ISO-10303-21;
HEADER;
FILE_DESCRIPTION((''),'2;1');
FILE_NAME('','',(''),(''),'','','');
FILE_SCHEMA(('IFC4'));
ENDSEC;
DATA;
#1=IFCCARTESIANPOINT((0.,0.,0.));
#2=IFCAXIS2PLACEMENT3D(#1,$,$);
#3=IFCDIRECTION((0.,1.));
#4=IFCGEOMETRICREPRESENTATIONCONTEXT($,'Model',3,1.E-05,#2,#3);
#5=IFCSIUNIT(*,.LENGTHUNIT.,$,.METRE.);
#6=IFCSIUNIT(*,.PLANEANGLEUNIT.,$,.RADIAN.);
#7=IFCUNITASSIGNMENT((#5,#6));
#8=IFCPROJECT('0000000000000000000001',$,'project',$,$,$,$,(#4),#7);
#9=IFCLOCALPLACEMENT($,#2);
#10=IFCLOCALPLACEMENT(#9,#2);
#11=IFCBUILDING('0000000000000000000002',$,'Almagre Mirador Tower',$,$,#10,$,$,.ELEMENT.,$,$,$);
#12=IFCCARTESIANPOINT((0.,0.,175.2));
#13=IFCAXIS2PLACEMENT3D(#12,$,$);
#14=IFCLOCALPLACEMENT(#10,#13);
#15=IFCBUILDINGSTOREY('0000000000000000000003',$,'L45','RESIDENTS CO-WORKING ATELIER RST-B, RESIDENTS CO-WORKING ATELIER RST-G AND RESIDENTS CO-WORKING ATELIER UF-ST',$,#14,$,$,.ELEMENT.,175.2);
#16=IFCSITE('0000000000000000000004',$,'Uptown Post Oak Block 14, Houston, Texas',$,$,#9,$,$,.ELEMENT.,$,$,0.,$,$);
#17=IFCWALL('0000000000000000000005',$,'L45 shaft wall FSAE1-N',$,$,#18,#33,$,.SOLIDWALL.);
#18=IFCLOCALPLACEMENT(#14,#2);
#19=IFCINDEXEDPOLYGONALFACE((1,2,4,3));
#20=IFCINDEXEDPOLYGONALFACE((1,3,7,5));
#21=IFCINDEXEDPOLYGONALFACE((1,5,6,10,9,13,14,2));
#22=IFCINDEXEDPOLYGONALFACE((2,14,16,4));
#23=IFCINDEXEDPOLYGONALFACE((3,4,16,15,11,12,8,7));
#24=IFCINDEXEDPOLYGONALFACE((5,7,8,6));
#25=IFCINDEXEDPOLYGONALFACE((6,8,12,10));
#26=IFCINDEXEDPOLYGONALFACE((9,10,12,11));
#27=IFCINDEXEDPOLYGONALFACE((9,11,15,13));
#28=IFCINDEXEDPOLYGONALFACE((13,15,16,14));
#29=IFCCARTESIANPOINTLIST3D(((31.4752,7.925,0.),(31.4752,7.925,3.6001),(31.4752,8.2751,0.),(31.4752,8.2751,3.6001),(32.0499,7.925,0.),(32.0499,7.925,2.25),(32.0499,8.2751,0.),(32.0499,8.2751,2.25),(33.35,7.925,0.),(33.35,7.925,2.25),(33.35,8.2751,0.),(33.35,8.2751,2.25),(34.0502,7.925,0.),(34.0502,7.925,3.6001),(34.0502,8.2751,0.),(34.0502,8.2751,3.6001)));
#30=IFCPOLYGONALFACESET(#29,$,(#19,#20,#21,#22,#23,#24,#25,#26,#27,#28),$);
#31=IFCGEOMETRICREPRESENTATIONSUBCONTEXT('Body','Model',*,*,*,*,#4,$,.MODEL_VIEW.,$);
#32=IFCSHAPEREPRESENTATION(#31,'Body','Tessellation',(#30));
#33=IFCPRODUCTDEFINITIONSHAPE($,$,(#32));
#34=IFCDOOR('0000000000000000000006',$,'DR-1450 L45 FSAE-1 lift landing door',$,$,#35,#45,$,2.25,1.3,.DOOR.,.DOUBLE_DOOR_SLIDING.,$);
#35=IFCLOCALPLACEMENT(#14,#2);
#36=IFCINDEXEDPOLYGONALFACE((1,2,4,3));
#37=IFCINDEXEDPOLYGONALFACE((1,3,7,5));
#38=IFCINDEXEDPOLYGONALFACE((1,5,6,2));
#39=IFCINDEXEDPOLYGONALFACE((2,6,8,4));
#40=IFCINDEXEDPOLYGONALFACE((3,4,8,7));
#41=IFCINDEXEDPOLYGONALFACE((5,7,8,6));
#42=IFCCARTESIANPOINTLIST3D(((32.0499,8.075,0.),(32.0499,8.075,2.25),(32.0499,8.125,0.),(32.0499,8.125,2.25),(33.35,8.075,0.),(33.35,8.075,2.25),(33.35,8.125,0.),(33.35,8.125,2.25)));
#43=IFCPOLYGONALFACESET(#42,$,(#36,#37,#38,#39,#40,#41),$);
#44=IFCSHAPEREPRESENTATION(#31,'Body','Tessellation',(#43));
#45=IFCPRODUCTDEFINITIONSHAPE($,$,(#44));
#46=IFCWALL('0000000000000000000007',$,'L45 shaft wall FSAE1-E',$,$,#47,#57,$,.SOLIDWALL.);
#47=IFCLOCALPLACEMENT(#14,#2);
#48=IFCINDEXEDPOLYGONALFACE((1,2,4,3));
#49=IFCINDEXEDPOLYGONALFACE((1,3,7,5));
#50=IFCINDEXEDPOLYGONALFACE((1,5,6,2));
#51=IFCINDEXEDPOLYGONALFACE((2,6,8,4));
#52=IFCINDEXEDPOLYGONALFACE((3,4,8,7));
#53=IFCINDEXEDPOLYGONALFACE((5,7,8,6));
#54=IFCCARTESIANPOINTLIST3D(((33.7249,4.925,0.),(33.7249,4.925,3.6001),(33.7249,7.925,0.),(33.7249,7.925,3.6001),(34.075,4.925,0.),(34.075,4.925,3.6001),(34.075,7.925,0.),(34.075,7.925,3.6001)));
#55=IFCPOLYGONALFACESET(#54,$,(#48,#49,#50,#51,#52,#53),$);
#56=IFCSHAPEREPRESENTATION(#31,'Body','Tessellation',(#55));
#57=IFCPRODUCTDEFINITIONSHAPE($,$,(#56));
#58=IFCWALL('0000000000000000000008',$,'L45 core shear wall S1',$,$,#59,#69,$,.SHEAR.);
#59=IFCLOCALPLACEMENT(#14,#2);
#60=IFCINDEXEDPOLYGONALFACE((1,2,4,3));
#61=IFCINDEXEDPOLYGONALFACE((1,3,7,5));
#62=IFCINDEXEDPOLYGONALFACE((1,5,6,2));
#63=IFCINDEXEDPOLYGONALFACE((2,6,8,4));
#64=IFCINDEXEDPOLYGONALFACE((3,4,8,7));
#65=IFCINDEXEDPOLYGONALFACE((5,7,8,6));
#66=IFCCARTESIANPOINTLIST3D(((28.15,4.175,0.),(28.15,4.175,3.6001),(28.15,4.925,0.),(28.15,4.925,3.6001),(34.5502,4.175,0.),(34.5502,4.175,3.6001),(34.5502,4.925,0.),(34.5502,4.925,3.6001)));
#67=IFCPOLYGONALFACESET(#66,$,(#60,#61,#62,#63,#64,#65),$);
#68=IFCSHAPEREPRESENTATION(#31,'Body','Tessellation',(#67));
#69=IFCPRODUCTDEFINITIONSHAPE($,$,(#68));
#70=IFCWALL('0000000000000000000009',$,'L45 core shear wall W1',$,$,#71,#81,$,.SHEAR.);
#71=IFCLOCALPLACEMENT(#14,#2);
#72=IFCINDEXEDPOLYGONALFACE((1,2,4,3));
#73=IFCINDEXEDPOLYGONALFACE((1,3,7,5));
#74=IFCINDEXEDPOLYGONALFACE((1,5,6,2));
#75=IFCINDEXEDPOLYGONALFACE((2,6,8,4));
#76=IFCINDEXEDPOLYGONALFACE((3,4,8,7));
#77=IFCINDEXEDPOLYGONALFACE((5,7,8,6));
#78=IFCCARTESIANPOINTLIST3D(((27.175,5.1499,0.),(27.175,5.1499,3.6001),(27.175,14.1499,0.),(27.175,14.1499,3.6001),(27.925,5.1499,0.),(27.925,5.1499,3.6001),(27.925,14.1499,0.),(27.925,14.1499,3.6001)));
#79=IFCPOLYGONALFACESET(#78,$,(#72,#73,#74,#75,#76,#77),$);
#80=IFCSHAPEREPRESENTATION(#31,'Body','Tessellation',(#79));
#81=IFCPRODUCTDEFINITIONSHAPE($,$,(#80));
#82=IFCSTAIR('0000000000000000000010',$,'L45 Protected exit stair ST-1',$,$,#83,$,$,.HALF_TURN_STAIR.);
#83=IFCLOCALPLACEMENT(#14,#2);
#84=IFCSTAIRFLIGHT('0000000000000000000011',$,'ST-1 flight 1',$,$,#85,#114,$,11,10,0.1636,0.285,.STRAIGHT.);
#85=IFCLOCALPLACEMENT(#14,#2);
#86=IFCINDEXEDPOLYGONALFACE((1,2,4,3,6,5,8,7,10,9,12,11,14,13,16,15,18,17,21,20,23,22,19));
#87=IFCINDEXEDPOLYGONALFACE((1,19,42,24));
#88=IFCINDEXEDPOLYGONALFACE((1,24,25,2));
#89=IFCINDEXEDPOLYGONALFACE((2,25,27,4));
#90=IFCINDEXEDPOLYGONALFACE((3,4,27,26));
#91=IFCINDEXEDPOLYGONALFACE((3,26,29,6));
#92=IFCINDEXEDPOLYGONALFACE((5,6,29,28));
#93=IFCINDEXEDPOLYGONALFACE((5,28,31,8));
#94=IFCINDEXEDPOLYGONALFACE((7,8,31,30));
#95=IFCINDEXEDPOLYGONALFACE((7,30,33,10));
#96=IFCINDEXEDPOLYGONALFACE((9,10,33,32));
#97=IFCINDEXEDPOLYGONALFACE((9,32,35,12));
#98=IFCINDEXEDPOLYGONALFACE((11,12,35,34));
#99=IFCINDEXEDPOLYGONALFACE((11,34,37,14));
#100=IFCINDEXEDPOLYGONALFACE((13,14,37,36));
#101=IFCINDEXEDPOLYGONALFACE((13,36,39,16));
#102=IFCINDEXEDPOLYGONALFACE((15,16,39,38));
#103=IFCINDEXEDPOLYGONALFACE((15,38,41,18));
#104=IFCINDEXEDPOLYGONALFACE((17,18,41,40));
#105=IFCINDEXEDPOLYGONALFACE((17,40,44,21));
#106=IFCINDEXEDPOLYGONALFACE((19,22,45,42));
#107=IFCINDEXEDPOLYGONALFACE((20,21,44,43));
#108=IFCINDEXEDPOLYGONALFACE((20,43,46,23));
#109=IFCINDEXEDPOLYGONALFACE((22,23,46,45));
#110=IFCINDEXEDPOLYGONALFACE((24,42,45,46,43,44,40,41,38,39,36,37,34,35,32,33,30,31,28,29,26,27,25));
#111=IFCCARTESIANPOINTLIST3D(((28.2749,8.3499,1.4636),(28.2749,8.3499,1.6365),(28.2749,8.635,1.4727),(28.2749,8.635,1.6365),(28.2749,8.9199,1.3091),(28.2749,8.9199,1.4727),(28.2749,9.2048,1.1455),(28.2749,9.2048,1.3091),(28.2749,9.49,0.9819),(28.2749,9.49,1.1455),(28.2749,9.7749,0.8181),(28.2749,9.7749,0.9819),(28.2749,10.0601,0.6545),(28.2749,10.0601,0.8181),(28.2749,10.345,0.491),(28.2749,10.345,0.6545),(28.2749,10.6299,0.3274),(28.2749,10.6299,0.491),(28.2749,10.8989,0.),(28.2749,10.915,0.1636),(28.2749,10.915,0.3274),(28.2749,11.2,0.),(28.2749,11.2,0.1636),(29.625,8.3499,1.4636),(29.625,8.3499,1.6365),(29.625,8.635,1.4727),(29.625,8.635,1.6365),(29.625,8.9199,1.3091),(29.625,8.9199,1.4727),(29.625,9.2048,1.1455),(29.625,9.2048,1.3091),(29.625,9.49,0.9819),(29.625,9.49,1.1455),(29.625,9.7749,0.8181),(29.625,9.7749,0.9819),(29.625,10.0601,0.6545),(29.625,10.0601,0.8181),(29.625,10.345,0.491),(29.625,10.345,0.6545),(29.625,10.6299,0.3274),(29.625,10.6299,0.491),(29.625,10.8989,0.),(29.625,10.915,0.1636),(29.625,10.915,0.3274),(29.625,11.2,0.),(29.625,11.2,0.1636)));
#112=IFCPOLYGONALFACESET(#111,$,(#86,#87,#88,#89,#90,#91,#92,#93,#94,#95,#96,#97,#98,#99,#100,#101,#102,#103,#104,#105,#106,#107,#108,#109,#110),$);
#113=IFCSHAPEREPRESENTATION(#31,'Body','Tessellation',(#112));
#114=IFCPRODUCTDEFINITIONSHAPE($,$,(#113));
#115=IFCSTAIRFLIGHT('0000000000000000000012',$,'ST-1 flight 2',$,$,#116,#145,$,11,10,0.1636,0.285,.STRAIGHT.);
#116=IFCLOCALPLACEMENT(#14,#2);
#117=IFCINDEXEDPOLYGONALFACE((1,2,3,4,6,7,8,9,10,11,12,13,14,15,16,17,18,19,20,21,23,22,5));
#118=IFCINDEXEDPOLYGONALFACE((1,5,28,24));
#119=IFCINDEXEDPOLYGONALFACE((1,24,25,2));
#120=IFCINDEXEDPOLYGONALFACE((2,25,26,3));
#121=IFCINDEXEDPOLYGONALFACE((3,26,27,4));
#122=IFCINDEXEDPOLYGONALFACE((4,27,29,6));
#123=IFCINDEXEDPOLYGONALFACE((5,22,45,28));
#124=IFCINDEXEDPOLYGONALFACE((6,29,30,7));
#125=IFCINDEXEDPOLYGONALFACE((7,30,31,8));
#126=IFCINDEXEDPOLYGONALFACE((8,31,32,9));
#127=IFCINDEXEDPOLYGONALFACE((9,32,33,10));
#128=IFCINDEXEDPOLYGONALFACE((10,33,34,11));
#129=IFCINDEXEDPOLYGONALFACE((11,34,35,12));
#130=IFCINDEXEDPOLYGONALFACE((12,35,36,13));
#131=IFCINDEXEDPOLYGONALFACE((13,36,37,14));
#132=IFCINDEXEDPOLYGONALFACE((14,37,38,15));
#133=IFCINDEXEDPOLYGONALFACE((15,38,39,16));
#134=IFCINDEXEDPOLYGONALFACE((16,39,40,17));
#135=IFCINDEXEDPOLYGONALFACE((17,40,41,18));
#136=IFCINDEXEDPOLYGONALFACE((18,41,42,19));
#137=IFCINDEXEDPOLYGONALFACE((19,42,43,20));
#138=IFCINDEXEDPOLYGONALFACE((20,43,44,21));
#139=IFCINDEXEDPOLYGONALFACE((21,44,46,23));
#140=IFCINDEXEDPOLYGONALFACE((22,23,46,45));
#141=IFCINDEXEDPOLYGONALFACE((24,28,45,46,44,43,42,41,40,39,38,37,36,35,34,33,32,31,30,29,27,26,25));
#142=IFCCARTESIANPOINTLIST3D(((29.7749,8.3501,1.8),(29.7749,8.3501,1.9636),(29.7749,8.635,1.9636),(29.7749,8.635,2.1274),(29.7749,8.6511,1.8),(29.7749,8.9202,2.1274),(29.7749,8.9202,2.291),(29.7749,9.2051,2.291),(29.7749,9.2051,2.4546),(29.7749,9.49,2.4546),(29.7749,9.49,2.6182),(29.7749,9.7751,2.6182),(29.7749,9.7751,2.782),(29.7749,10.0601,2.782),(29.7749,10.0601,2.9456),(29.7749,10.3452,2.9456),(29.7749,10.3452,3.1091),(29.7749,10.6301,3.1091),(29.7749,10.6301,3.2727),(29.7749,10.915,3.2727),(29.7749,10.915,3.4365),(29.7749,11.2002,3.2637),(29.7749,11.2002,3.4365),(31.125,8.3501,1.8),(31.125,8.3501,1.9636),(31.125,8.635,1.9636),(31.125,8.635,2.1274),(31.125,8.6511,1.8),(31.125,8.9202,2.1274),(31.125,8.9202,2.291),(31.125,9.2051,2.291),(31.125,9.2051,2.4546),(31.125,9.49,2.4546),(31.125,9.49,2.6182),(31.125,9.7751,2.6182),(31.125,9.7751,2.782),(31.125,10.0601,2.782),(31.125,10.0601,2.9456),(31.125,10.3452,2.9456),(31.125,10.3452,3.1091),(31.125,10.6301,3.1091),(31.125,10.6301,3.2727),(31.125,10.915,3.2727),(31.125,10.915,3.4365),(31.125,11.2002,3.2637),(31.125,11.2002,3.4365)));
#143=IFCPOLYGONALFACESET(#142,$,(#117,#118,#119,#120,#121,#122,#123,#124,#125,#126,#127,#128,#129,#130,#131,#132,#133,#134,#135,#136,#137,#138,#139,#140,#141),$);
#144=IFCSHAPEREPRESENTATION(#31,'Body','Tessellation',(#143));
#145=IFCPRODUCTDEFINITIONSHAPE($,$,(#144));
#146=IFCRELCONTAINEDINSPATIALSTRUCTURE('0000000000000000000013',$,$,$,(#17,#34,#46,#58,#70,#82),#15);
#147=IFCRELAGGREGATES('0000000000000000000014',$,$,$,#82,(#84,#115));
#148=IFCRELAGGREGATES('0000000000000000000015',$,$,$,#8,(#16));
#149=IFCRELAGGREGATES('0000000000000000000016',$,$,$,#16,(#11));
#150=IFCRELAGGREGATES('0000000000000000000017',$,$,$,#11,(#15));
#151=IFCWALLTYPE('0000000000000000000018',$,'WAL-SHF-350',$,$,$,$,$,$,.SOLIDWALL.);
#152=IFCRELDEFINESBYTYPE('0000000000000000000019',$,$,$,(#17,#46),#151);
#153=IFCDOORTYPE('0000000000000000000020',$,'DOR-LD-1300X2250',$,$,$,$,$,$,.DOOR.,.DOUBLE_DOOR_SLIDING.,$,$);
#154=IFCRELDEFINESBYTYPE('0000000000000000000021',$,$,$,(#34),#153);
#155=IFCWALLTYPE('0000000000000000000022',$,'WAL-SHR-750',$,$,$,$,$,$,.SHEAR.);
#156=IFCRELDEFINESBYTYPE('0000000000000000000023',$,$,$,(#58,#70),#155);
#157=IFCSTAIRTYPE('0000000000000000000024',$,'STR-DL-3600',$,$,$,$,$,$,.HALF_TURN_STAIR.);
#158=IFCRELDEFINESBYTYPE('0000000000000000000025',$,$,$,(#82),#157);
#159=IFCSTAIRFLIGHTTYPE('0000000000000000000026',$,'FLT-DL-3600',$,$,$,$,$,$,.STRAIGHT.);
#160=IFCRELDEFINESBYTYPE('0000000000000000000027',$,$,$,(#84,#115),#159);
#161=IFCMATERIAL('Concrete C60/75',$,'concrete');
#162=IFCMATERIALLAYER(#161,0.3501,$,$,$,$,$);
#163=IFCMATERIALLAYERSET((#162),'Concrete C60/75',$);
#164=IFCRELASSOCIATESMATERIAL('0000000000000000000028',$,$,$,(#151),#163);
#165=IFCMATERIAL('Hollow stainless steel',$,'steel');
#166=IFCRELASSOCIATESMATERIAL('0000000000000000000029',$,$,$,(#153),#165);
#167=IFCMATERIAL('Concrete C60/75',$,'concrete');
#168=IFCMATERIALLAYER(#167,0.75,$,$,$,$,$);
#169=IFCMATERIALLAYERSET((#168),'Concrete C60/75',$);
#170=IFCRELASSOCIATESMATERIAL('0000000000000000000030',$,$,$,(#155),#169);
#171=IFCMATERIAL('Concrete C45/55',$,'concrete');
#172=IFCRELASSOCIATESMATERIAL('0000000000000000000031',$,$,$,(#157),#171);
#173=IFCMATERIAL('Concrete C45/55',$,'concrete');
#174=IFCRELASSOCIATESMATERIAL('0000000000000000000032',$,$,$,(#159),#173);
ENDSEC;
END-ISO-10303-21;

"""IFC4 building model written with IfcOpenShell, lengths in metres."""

from ifc_helpers import new_model, si_unit, direction, frame, frame_2d, origin, place, context, subcontext, project, spatial, polyline, rectangle, outline, extrude, material, layer, layer_set, type_object, element, fill, aggregate, save


model = new_model("IFC4")

# Units and contexts
model_context = context("Model", 3, precision=1e-05, world=origin(), true_north=direction((0.0, 1.0)))
body_context = subcontext(model_context, "Body", "Model", "MODEL_VIEW")
ifc_project = project(units=[si_unit("LENGTHUNIT", "METRE"), si_unit("PLANEANGLEUNIT", "RADIAN")], contexts=[model_context])

# Site, building, storey
site_placement = place(None, origin())
site = spatial("IfcSite", under=ifc_project, at=site_placement, Name="Uptown Post Oak Block 14, Houston, Texas", CompositionType="ELEMENT", RefElevation=0.0)
building_placement = place(site_placement, origin())
building = spatial("IfcBuilding", under=site, at=building_placement, Name="Almagre Mirador Tower", CompositionType="ELEMENT")
storey_placement = place(building_placement, frame((0.0, 0.0, 175.2)))
storey = spatial("IfcBuildingStorey", under=building, at=storey_placement, Name="L45", Description="RESIDENTS CO-WORKING ATELIER RST-B, RESIDENTS CO-WORKING ATELIER RST-G AND RESIDENTS CO-WORKING ATELIER UF-ST", CompositionType="ELEMENT", Elevation=175.2)

# Shared definitions
ifc_material_1 = material(Name="Concrete C60/75", Category="concrete")
ifc_layer_1 = layer(ifc_material_1, 0.3501)
ifc_layer_set_1 = layer_set([ifc_layer_1], Name="Concrete C60/75")
wall_type_1 = type_object("IfcWallType", Name="WAL-SHF-350", PredefinedType="SOLIDWALL", material=ifc_layer_set_1)

# Wall, opening, door
wall_1_placement = place(storey_placement, frame((31.4751, 8.1001, 0.0), z_axis=(0.0, 0.0, 1.0), x_axis=(1.0, 0.0, 0.0)))
wall_1 = element("IfcWall", 1, at=wall_1_placement, inside=storey, type_object=wall_type_1, Name="L45 shaft wall FSAE1-N", PredefinedType="SOLIDWALL", context=body_context, shape_type="SweptSolid", body=[
    extrude(rectangle(XDim=2.575, YDim=0.3501, at=frame_2d((1.2876, 0.0))), origin(), (0.0, 0.0, 1.0), 3.6001),
])
opening_1_placement = place(wall_1_placement, frame((0.575, 0.0, 0.0)))
opening_1 = element("IfcOpeningElement", 2, at=opening_1_placement, cuts=wall_1, PredefinedType="OPENING", context=body_context, shape_type="SweptSolid", body=[
    extrude(rectangle(XDim=1.3, YDim=2.25, at=frame_2d((0.6499, 1.125))), frame((0.0, 0.185, 0.0), z_axis=(0.0, -1.0, 0.0), x_axis=(1.0, 0.0, 0.0)), (0.0, 0.0, 1.0), 0.3701),
])
ifc_material_2 = material(Name="Hollow stainless steel", Category="steel")
door_type_1 = type_object("IfcDoorType", Name="DOR-LD-1300X2250", OperationType="DOUBLE_DOOR_SLIDING", PredefinedType="DOOR", material=ifc_material_2)
door_1_placement = place(opening_1_placement, origin())
door_1 = element("IfcDoor", 3, at=door_1_placement, inside=storey, type_object=door_type_1, Name="DR-1450 L45 FSAE-1 lift landing door", OperationType="DOUBLE_DOOR_SLIDING", OverallHeight=2.25, OverallWidth=1.3, PredefinedType="DOOR", context=body_context, shape_type="SweptSolid", body=[
    extrude(rectangle(XDim=1.3, YDim=2.25, at=frame_2d((0.6499, 1.125))), frame((0.0, 0.0249, 0.0), z_axis=(0.0, -1.0, 0.0), x_axis=(1.0, 0.0, 0.0)), (0.0, 0.0, 1.0), 0.05),
])
fill(opening_1, door_1)

# Walls
wall_2_placement = place(storey_placement, frame((33.8999, 4.925, 0.0), z_axis=(0.0, 0.0, 1.0), x_axis=(0.0, 1.0, 0.0)))
element("IfcWall", 4, at=wall_2_placement, inside=storey, type_object=wall_type_1, Name="L45 shaft wall FSAE1-E", PredefinedType="SOLIDWALL", context=body_context, shape_type="SweptSolid", body=[
    extrude(rectangle(XDim=3.0, YDim=0.3501, at=frame_2d((1.5, 0.0))), origin(), (0.0, 0.0, 1.0), 3.6001),
])
ifc_material_3 = material(Name="Concrete C60/75", Category="concrete")
ifc_layer_2 = layer(ifc_material_3, 0.75)
ifc_layer_set_2 = layer_set([ifc_layer_2], Name="Concrete C60/75")
wall_type_2 = type_object("IfcWallType", Name="WAL-SHR-750", PredefinedType="SHEAR", material=ifc_layer_set_2)
wall_3_placement = place(storey_placement, frame((28.1499, 4.55, 0.0), z_axis=(0.0, 0.0, 1.0), x_axis=(1.0, 0.0, 0.0)))
element("IfcWall", 5, at=wall_3_placement, inside=storey, type_object=wall_type_2, Name="L45 core shear wall S1", PredefinedType="SHEAR", context=body_context, shape_type="SweptSolid", body=[
    extrude(rectangle(XDim=6.4001, YDim=0.75, at=frame_2d((3.2002, 0.0))), origin(), (0.0, 0.0, 1.0), 3.6001),
])
wall_4_placement = place(storey_placement, frame((27.55, 5.1499, 0.0), z_axis=(0.0, 0.0, 1.0), x_axis=(0.0, 1.0, 0.0)))
element("IfcWall", 6, at=wall_4_placement, inside=storey, type_object=wall_type_2, Name="L45 core shear wall W1", PredefinedType="SHEAR", context=body_context, shape_type="SweptSolid", body=[
    extrude(rectangle(XDim=9.0, YDim=0.75, at=frame_2d((4.5, 0.0))), origin(), (0.0, 0.0, 1.0), 3.6001),
])

# Stair, stair flights
ifc_material_4 = material(Name="Concrete C45/55", Category="concrete")
stair_type = type_object("IfcStairType", Name="STR-DL-3600", PredefinedType="HALF_TURN_STAIR", material=ifc_material_4)
stair_placement = place(storey_placement, origin())
stair = element("IfcStair", 7, at=stair_placement, inside=storey, type_object=stair_type, Name="L45 Protected exit stair ST-1", PredefinedType="HALF_TURN_STAIR")
ifc_material_5 = material(Name="Concrete C45/55", Category="concrete")
stair_flight_type = type_object("IfcStairFlightType", Name="FLT-DL-3600", PredefinedType="STRAIGHT", material=ifc_material_5)
stair_flight_1_placement = place(storey_placement, frame((28.95, 11.2, 0.0), z_axis=(0.0, 0.0, 1.0), x_axis=(0.0, -1.0, 0.0)))
stair_flight_1 = element("IfcStairFlight", 8, at=stair_flight_1_placement, type_object=stair_flight_type, Name="ST-1 flight 1", NumberOfRisers=11, NumberOfTreads=10, PredefinedType="STRAIGHT", RiserHeight=0.1636, TreadLength=0.285, context=body_context, shape_type="SweptSolid", body=[
    extrude(outline(polyline([(0.0, 0.0), (0.0, 0.1636), (0.2849, 0.1636), (0.2849, 0.3274), (0.5701, 0.3274), (0.5701, 0.491), (0.855, 0.491), (0.855, 0.6545), (1.1399, 0.6545), (1.1399, 0.8181), (1.425, 0.8181), (1.425, 0.9819), (1.71, 0.9819), (1.71, 1.1455), (1.9951, 1.1455), (1.9951, 1.3091), (2.28, 1.3091), (2.28, 1.4727), (2.5649, 1.4727), (2.5649, 1.6365), (2.8501, 1.6365), (2.8501, 1.8), (2.8501, 1.4636), (0.301, 0.0), (0.0, 0.0)])), frame((0.0, 0.675, 0.0), z_axis=(0.0, -1.0, 0.0), x_axis=(1.0, 0.0, 0.0)), (0.0, 0.0, 1.0), 1.3501),
])
stair_flight_2_placement = place(storey_placement, frame((30.45, 8.3501, 1.8), z_axis=(0.0, 0.0, 1.0), x_axis=(0.0, 1.0, 0.0)))
stair_flight_2 = element("IfcStairFlight", 9, at=stair_flight_2_placement, type_object=stair_flight_type, Name="ST-1 flight 2", NumberOfRisers=11, NumberOfTreads=10, PredefinedType="STRAIGHT", RiserHeight=0.1636, TreadLength=0.285, context=body_context, shape_type="SweptSolid", body=[
    extrude(outline(polyline([(0.0, 0.0), (0.0, 0.1636), (0.2849, 0.1636), (0.2849, 0.3274), (0.5701, 0.3274), (0.5701, 0.491), (0.855, 0.491), (0.855, 0.6545), (1.1399, 0.6545), (1.1399, 0.8181), (1.425, 0.8181), (1.425, 0.9819), (1.71, 0.9819), (1.71, 1.1455), (1.9951, 1.1455), (1.9951, 1.3091), (2.28, 1.3091), (2.28, 1.4727), (2.5649, 1.4727), (2.5649, 1.6365), (2.8501, 1.6365), (2.8501, 1.8), (2.8501, 1.4636), (0.301, 0.0), (0.0, 0.0)])), frame((0.0, 0.675, 0.0), z_axis=(0.0, -1.0, 0.0), x_axis=(1.0, 0.0, 0.0)), (0.0, 0.0, 1.0), 1.3501),
])
aggregate(stair, [stair_flight_1, stair_flight_2])

save(model, "model.ifc")
